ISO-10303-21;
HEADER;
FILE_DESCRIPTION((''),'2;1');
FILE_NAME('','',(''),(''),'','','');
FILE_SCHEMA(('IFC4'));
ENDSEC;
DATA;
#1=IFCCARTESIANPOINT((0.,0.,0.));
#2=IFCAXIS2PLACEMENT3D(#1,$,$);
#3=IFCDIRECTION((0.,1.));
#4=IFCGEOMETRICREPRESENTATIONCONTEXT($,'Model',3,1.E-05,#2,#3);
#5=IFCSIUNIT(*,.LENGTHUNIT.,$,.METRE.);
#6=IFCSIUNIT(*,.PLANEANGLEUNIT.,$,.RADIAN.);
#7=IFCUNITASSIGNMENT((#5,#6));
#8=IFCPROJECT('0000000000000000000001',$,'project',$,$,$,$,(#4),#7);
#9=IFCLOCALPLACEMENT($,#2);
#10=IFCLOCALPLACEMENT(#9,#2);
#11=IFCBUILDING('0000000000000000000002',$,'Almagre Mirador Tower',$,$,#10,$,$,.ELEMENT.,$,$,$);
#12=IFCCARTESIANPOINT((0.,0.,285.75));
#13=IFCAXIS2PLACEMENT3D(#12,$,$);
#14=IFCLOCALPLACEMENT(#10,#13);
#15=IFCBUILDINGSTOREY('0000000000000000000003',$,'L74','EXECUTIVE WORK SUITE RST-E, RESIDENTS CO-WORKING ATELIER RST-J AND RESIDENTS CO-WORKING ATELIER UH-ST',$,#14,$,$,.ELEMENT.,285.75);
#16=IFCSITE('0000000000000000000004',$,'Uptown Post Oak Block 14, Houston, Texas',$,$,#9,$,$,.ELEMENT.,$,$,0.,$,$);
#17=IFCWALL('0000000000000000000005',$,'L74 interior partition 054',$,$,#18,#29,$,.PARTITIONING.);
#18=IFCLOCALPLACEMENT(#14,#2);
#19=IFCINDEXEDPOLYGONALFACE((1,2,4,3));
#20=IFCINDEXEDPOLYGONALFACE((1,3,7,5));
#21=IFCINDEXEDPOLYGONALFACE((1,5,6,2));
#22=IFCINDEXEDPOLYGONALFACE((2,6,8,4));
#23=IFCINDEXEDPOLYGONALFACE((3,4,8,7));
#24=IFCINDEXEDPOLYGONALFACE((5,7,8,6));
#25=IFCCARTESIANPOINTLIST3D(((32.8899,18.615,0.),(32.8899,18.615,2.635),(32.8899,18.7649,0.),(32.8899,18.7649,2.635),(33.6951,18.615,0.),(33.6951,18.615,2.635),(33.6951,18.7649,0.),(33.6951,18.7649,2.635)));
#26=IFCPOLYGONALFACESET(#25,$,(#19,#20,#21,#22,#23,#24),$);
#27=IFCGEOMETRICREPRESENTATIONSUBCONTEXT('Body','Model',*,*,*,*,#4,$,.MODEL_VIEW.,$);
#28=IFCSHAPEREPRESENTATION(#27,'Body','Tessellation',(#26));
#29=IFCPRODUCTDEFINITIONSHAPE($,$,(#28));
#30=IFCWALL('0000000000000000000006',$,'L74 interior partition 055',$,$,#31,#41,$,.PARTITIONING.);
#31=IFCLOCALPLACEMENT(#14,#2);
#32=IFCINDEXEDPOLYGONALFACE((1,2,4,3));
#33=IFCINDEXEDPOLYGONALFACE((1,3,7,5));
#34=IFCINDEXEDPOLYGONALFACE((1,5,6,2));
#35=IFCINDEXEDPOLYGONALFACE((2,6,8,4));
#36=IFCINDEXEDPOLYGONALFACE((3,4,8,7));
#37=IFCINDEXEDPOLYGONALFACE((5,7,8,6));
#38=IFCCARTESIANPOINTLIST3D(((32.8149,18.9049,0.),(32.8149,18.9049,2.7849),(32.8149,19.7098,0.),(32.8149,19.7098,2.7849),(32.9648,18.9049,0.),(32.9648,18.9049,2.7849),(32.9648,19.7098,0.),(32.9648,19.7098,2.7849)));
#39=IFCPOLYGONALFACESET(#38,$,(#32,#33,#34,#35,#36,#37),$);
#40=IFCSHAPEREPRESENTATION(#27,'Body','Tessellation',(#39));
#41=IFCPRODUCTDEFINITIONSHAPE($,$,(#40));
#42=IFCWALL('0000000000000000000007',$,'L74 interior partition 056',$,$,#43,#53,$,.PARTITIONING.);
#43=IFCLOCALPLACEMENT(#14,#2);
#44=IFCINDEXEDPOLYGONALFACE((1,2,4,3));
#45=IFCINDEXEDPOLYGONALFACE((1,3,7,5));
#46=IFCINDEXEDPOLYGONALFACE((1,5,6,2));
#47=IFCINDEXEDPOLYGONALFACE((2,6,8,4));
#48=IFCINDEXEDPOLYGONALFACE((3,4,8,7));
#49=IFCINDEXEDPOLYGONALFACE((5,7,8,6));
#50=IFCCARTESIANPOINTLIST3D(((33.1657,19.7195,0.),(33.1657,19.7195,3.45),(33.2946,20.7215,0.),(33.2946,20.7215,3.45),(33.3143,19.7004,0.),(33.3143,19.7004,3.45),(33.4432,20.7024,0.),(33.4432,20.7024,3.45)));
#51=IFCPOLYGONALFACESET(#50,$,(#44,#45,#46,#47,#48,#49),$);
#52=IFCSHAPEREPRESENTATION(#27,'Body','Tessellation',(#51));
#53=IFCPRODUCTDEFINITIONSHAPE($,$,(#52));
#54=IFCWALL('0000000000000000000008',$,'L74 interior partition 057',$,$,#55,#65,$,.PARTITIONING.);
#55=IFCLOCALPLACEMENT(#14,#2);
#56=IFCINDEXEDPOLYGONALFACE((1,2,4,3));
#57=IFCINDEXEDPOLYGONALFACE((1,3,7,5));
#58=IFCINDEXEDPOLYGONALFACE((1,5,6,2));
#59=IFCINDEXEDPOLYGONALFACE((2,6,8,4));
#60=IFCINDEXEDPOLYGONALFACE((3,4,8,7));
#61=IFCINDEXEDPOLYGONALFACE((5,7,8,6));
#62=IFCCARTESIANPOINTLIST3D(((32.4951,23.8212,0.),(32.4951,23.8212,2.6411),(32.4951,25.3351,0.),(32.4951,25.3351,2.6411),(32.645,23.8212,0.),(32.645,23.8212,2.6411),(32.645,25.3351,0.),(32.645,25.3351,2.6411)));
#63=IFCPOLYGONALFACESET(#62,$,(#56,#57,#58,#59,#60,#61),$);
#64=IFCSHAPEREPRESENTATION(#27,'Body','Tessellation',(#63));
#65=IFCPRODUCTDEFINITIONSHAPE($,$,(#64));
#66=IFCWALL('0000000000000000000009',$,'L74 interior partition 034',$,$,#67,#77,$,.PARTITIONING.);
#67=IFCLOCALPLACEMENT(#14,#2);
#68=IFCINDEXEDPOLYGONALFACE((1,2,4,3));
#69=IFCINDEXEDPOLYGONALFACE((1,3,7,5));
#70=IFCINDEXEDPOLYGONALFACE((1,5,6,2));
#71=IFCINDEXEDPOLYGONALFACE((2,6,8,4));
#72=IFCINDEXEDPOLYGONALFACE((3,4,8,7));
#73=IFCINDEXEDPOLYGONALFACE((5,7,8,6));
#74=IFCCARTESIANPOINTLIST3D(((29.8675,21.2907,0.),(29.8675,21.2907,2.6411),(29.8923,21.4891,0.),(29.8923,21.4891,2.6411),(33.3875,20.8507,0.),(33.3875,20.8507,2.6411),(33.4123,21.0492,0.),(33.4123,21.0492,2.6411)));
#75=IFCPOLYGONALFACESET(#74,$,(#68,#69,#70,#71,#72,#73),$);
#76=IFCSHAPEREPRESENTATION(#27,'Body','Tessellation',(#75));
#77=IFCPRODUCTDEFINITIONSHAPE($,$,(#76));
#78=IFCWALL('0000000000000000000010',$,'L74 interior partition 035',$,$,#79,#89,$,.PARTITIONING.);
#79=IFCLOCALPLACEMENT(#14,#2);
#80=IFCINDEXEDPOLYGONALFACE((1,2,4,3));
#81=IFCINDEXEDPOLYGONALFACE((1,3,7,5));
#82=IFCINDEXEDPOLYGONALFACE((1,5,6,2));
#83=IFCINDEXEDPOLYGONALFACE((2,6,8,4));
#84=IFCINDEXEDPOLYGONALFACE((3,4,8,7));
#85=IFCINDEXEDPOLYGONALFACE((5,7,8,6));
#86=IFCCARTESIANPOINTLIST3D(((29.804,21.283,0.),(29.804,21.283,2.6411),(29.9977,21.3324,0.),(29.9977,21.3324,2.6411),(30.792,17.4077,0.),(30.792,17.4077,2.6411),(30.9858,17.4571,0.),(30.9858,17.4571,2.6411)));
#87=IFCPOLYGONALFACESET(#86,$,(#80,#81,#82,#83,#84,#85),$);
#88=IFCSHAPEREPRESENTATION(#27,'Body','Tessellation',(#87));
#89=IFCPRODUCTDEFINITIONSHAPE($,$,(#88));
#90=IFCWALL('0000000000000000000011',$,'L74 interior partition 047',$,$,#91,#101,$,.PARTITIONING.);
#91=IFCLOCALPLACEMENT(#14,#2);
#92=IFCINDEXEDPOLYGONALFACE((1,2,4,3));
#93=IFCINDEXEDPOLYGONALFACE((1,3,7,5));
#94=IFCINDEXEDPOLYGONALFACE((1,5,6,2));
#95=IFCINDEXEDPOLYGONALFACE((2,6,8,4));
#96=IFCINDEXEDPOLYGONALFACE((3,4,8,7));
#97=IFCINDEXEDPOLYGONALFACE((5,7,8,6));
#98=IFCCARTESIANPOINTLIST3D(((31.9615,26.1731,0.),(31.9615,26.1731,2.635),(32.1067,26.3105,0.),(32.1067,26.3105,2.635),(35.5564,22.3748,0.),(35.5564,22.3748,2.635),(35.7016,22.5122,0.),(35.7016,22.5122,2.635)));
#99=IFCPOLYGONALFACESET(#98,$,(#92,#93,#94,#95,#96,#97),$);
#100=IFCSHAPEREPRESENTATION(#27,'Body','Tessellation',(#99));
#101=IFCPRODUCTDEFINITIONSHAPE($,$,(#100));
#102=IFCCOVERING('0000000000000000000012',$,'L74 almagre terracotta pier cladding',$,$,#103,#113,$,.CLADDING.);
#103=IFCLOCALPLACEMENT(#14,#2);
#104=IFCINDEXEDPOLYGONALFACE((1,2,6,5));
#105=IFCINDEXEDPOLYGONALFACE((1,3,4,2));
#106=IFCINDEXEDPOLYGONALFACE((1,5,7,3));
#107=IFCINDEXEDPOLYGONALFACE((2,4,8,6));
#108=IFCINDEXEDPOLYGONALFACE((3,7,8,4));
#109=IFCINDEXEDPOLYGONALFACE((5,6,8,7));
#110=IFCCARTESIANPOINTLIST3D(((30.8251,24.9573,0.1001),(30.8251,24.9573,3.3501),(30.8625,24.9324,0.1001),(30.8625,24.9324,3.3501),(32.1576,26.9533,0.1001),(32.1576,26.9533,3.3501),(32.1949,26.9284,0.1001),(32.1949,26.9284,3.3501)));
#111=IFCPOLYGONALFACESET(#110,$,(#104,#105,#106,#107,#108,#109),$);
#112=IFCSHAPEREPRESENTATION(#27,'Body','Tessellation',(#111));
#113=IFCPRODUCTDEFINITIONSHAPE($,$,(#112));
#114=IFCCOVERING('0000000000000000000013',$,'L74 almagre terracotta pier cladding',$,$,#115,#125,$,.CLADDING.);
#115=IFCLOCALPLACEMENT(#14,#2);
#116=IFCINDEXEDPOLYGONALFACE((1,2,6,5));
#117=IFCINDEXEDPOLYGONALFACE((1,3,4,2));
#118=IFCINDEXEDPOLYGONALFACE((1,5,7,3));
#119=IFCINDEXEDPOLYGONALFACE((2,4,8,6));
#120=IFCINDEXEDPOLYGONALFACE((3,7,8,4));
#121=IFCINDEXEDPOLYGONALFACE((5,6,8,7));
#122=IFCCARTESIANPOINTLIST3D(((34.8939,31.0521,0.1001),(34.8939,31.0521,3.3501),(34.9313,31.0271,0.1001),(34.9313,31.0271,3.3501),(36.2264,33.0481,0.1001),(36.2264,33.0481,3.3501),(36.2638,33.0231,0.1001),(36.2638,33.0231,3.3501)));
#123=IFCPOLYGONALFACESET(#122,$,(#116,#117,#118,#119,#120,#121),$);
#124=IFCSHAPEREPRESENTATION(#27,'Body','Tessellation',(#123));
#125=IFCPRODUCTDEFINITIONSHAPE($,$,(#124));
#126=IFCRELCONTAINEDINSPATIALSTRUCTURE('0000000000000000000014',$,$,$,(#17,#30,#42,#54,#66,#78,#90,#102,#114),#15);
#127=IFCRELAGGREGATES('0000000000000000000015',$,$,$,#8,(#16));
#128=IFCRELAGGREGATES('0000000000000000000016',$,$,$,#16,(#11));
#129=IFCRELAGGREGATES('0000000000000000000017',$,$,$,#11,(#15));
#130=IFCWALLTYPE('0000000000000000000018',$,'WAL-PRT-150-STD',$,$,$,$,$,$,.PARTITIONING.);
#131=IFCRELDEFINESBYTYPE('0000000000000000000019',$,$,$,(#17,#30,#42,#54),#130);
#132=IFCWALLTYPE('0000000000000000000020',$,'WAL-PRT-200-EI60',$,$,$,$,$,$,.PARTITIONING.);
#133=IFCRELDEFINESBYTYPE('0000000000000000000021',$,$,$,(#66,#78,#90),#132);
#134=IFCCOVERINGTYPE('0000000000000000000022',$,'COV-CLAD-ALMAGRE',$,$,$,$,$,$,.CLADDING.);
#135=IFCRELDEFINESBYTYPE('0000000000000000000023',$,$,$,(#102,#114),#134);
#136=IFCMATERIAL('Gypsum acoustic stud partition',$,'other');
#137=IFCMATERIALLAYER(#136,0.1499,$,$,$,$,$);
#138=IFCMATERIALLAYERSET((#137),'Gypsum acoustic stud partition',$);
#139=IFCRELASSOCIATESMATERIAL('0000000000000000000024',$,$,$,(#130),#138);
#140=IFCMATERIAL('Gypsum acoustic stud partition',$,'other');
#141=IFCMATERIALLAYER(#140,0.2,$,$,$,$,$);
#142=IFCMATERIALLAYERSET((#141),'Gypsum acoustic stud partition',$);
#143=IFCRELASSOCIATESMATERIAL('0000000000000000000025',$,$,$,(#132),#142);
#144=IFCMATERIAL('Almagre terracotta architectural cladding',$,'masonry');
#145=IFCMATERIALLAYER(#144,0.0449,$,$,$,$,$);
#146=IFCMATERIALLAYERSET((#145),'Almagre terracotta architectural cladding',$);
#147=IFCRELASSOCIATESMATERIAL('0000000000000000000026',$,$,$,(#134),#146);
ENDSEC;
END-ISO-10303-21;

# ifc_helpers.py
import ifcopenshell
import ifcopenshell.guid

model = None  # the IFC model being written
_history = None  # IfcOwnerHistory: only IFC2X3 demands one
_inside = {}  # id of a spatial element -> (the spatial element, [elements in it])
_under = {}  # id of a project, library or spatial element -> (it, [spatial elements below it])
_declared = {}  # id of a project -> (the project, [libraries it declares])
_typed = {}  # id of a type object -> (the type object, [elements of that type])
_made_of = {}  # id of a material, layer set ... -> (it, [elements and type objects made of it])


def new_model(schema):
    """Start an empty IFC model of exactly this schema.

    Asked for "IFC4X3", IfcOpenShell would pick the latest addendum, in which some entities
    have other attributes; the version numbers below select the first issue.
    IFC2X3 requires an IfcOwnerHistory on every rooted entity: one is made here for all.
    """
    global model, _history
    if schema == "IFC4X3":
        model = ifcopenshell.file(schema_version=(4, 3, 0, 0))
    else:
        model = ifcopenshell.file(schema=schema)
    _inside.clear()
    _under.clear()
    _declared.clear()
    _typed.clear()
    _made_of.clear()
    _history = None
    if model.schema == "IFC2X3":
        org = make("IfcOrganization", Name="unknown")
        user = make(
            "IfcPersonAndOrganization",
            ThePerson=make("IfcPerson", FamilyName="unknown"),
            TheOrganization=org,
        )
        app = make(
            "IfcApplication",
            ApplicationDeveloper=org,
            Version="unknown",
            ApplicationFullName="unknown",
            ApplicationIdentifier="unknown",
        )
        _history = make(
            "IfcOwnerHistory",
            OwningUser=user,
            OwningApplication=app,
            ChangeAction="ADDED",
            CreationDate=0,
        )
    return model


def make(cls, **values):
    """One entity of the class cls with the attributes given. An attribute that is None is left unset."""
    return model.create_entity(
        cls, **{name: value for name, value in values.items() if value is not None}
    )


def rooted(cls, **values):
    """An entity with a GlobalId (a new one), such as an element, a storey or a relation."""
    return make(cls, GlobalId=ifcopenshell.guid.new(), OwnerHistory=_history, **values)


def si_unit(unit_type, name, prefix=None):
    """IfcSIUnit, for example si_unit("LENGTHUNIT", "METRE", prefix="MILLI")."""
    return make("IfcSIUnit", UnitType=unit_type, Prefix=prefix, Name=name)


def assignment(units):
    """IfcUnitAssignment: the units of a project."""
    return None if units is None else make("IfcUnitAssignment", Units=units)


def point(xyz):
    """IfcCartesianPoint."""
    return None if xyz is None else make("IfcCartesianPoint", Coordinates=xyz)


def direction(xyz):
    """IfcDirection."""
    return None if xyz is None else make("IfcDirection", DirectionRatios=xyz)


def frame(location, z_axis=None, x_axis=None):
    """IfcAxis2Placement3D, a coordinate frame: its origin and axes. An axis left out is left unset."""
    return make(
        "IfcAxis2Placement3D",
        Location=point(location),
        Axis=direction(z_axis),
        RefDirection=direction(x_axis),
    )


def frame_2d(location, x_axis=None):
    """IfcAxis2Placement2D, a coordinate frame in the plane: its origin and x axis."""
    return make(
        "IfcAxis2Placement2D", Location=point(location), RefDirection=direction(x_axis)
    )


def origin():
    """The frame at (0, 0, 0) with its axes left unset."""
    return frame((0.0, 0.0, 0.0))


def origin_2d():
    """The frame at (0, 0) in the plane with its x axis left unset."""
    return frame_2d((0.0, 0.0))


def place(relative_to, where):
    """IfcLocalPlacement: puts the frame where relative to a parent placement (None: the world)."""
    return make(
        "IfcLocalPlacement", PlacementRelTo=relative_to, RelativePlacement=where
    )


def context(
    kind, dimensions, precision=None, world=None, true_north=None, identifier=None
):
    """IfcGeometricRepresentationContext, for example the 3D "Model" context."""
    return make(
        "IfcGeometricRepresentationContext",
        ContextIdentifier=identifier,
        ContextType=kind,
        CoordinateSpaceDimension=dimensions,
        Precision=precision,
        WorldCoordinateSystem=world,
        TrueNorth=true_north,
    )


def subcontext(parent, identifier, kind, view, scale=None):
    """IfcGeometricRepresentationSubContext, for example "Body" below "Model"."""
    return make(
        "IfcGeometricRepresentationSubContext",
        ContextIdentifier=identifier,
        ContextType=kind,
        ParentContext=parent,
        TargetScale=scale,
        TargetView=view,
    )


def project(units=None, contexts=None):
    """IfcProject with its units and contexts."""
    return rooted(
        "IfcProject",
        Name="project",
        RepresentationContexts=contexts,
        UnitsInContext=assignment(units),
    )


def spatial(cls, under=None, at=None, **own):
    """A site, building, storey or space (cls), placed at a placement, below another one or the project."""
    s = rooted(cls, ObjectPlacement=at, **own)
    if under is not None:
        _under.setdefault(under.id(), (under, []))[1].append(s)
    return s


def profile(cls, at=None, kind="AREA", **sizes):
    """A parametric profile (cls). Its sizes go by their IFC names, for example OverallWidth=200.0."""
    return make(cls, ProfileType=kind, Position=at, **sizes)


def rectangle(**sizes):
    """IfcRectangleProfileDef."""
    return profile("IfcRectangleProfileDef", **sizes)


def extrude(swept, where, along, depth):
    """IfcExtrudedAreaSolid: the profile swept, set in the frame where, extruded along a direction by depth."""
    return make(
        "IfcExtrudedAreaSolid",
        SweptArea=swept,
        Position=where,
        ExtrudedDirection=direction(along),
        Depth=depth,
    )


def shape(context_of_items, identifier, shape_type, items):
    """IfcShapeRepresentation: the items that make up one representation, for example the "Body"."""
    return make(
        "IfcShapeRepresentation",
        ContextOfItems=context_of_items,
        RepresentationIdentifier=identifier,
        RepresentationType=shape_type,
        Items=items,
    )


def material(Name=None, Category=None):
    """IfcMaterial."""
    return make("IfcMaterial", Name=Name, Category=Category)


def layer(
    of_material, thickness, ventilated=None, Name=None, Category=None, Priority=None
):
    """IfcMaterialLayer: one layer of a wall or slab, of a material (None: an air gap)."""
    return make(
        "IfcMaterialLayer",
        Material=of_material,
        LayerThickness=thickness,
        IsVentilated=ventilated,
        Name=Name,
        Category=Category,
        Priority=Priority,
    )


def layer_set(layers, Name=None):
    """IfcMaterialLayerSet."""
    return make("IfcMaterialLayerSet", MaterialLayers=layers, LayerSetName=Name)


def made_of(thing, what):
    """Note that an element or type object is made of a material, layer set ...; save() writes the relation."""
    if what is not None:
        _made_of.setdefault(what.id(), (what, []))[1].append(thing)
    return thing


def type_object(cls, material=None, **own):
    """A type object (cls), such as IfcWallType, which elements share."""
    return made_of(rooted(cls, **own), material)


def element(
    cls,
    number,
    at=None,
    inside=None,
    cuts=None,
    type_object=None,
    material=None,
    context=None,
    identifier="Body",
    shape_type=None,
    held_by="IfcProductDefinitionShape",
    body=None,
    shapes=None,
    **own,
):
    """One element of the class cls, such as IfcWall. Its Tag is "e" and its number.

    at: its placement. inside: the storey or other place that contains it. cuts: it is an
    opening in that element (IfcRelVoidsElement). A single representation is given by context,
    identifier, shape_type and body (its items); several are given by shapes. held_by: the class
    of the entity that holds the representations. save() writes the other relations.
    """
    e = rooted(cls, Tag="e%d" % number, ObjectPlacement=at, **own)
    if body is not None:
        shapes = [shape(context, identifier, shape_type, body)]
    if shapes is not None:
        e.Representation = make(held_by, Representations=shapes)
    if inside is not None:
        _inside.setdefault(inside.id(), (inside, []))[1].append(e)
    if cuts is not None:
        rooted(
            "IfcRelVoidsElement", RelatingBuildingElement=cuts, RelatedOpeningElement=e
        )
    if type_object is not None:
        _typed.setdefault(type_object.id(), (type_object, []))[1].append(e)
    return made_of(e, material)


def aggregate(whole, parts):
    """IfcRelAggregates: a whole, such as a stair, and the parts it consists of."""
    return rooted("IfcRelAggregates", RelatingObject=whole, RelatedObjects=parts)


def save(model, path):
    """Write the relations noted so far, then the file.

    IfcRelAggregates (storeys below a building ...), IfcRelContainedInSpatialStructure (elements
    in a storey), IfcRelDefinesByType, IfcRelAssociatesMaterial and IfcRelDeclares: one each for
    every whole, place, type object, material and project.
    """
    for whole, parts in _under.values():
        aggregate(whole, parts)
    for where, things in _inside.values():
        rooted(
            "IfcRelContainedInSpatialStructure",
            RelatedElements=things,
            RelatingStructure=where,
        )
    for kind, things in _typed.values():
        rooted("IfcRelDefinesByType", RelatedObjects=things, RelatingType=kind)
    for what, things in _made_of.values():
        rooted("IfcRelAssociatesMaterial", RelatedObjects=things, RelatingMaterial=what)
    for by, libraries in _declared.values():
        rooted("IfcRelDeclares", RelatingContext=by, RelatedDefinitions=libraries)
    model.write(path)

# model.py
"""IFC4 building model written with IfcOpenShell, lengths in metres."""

from ifc_helpers import new_model, si_unit, direction, frame, frame_2d, origin, origin_2d, place, context, subcontext, project, spatial, rectangle, extrude, material, layer, layer_set, type_object, element, save


model = new_model("IFC4")

# Units and contexts
model_context = context("Model", 3, precision=1e-05, world=origin(), true_north=direction((0.0, 1.0)))
body_context = subcontext(model_context, "Body", "Model", "MODEL_VIEW")
ifc_project = project(units=[si_unit("LENGTHUNIT", "METRE"), si_unit("PLANEANGLEUNIT", "RADIAN")], contexts=[model_context])

# Site, building, storey
site_placement = place(None, origin())
site = spatial("IfcSite", under=ifc_project, at=site_placement, Name="Uptown Post Oak Block 14, Houston, Texas", CompositionType="ELEMENT", RefElevation=0.0)
building_placement = place(site_placement, origin())
building = spatial("IfcBuilding", under=site, at=building_placement, Name="Almagre Mirador Tower", CompositionType="ELEMENT")
storey_placement = place(building_placement, frame((0.0, 0.0, 285.75)))
storey = spatial("IfcBuildingStorey", under=building, at=storey_placement, Name="L74", Description="EXECUTIVE WORK SUITE RST-E, RESIDENTS CO-WORKING ATELIER RST-J AND RESIDENTS CO-WORKING ATELIER UH-ST", CompositionType="ELEMENT", Elevation=285.75)

# Shared definitions
ifc_material_1 = material(Name="Gypsum acoustic stud partition", Category="other")
ifc_layer_1 = layer(ifc_material_1, 0.1499)
ifc_layer_set_1 = layer_set([ifc_layer_1], Name="Gypsum acoustic stud partition")
wall_type_1 = type_object("IfcWallType", Name="WAL-PRT-150-STD", PredefinedType="PARTITIONING", material=ifc_layer_set_1)

# Walls
wall_1_placement = place(storey_placement, frame((33.6951, 18.6899, 0.0), z_axis=(0.0, 0.0, 1.0), x_axis=(-1.0, 0.0, 0.0)))
element("IfcWall", 1, at=wall_1_placement, inside=storey, type_object=wall_type_1, Name="L74 interior partition 054", PredefinedType="PARTITIONING", context=body_context, shape_type="SweptSolid", body=[
    extrude(rectangle(XDim=0.8052, YDim=0.1499, at=frame_2d((0.4026, 0.0))), origin(), (0.0, 0.0, 1.0), 2.635),
])
wall_2_placement = place(storey_placement, frame((32.8899, 18.905, 0.0), z_axis=(0.0, 0.0, 1.0), x_axis=(0.0, 1.0, 0.0)))
element("IfcWall", 2, at=wall_2_placement, inside=storey, type_object=wall_type_1, Name="L74 interior partition 055", PredefinedType="PARTITIONING", context=body_context, shape_type="SweptSolid", body=[
    extrude(rectangle(XDim=0.8049, YDim=0.1499, at=frame_2d((0.4023, 0.0))), origin(), (0.0, 0.0, 1.0), 2.7849),
])
wall_3_placement = place(storey_placement, frame((33.24, 19.71, 0.0), z_axis=(0.0, 0.0, 1.0), x_axis=(0.127603, 0.991825, 0.0)))
element("IfcWall", 3, at=wall_3_placement, inside=storey, type_object=wall_type_1, Name="L74 interior partition 056", PredefinedType="PARTITIONING", context=body_context, shape_type="SweptSolid", body=[
    extrude(rectangle(XDim=1.0103, YDim=0.1499, at=frame_2d((0.5051, 0.0))), origin(), (0.0, 0.0, 1.0), 3.45),
])
wall_4_placement = place(storey_placement, frame((32.5701, 25.335, 0.0), z_axis=(0.0, 0.0, 1.0), x_axis=(0.0, -1.0, 0.0)))
element("IfcWall", 4, at=wall_4_placement, inside=storey, type_object=wall_type_1, Name="L74 interior partition 057", PredefinedType="PARTITIONING", context=body_context, shape_type="SweptSolid", body=[
    extrude(rectangle(XDim=1.5139, YDim=0.1499, at=frame_2d((0.7568, 0.0))), origin(), (0.0, 0.0, 1.0), 2.6411),
])
ifc_material_2 = material(Name="Gypsum acoustic stud partition", Category="other")
ifc_layer_2 = layer(ifc_material_2, 0.2)
ifc_layer_set_2 = layer_set([ifc_layer_2], Name="Gypsum acoustic stud partition")
wall_type_2 = type_object("IfcWallType", Name="WAL-PRT-200-EI60", PredefinedType="PARTITIONING", material=ifc_layer_set_2)
wall_5_placement = place(storey_placement, frame((33.3999, 20.95, 0.0), z_axis=(0.0, 0.0, 1.0), x_axis=(-0.99228, 0.124018, 0.0)))
element("IfcWall", 5, at=wall_5_placement, inside=storey, type_object=wall_type_2, Name="L74 interior partition 034", PredefinedType="PARTITIONING", context=body_context, shape_type="SweptSolid", body=[
    extrude(rectangle(XDim=3.5474, YDim=0.2, at=frame_2d((1.7737, 0.0))), origin(), (0.0, 0.0, 1.0), 2.6411),
])
wall_6_placement = place(storey_placement, frame((29.9009, 21.3076, 0.0), z_axis=(0.0, 0.0, 1.0), x_axis=(0.247058, -0.969001, 0.0)))
element("IfcWall", 6, at=wall_6_placement, inside=storey, type_object=wall_type_2, Name="L74 interior partition 035", PredefinedType="PARTITIONING", context=body_context, shape_type="SweptSolid", body=[
    extrude(rectangle(XDim=3.9993, YDim=0.2, at=frame_2d((1.9995, 0.0))), origin(), (0.0, 0.0, 1.0), 2.6411),
])
wall_7_placement = place(storey_placement, frame((35.6289, 22.4436, 0.0), z_axis=(0.0, 0.0, 1.0), x_axis=(-0.687396, 0.726283, 0.0)))
element("IfcWall", 7, at=wall_7_placement, inside=storey, type_object=wall_type_2, Name="L74 interior partition 047", PredefinedType="PARTITIONING", context=body_context, shape_type="SweptSolid", body=[
    extrude(rectangle(XDim=5.2297, YDim=0.2, at=frame_2d((2.6147, 0.0))), origin(), (0.0, 0.0, 1.0), 2.635),
])

# Coverings
ifc_material_3 = material(Name="Almagre terracotta architectural cladding", Category="masonry")
ifc_layer_3 = layer(ifc_material_3, 0.0449)
ifc_layer_set_3 = layer_set([ifc_layer_3], Name="Almagre terracotta architectural cladding")
covering_type = type_object("IfcCoveringType", Name="COV-CLAD-ALMAGRE", PredefinedType="CLADDING", material=ifc_layer_set_3)
for number, where, z_axis, x_axis, name in (
    (8, (31.51, 25.9429, 0.1001), (0.0, 0.0, 1.0), (0.555222, 0.831702, 0.0), "L74 almagre terracotta pier cladding"),
    (9, (35.5789, 32.0376, 0.1001), (0.0, 0.0, 1.0), (0.555222, 0.831702, 0.0), "L74 almagre terracotta pier cladding"),
):
    element("IfcCovering", number, at=place(storey_placement, frame(where, z_axis=z_axis, x_axis=x_axis)), inside=storey, type_object=covering_type, Name=name, PredefinedType="CLADDING", context=body_context, shape_type="SweptSolid", body=[
        extrude(rectangle(XDim=2.3999, YDim=0.0449, at=origin_2d()), origin(), (0.0, 0.0, 1.0), 3.25),
    ])

save(model, "model.ifc")
